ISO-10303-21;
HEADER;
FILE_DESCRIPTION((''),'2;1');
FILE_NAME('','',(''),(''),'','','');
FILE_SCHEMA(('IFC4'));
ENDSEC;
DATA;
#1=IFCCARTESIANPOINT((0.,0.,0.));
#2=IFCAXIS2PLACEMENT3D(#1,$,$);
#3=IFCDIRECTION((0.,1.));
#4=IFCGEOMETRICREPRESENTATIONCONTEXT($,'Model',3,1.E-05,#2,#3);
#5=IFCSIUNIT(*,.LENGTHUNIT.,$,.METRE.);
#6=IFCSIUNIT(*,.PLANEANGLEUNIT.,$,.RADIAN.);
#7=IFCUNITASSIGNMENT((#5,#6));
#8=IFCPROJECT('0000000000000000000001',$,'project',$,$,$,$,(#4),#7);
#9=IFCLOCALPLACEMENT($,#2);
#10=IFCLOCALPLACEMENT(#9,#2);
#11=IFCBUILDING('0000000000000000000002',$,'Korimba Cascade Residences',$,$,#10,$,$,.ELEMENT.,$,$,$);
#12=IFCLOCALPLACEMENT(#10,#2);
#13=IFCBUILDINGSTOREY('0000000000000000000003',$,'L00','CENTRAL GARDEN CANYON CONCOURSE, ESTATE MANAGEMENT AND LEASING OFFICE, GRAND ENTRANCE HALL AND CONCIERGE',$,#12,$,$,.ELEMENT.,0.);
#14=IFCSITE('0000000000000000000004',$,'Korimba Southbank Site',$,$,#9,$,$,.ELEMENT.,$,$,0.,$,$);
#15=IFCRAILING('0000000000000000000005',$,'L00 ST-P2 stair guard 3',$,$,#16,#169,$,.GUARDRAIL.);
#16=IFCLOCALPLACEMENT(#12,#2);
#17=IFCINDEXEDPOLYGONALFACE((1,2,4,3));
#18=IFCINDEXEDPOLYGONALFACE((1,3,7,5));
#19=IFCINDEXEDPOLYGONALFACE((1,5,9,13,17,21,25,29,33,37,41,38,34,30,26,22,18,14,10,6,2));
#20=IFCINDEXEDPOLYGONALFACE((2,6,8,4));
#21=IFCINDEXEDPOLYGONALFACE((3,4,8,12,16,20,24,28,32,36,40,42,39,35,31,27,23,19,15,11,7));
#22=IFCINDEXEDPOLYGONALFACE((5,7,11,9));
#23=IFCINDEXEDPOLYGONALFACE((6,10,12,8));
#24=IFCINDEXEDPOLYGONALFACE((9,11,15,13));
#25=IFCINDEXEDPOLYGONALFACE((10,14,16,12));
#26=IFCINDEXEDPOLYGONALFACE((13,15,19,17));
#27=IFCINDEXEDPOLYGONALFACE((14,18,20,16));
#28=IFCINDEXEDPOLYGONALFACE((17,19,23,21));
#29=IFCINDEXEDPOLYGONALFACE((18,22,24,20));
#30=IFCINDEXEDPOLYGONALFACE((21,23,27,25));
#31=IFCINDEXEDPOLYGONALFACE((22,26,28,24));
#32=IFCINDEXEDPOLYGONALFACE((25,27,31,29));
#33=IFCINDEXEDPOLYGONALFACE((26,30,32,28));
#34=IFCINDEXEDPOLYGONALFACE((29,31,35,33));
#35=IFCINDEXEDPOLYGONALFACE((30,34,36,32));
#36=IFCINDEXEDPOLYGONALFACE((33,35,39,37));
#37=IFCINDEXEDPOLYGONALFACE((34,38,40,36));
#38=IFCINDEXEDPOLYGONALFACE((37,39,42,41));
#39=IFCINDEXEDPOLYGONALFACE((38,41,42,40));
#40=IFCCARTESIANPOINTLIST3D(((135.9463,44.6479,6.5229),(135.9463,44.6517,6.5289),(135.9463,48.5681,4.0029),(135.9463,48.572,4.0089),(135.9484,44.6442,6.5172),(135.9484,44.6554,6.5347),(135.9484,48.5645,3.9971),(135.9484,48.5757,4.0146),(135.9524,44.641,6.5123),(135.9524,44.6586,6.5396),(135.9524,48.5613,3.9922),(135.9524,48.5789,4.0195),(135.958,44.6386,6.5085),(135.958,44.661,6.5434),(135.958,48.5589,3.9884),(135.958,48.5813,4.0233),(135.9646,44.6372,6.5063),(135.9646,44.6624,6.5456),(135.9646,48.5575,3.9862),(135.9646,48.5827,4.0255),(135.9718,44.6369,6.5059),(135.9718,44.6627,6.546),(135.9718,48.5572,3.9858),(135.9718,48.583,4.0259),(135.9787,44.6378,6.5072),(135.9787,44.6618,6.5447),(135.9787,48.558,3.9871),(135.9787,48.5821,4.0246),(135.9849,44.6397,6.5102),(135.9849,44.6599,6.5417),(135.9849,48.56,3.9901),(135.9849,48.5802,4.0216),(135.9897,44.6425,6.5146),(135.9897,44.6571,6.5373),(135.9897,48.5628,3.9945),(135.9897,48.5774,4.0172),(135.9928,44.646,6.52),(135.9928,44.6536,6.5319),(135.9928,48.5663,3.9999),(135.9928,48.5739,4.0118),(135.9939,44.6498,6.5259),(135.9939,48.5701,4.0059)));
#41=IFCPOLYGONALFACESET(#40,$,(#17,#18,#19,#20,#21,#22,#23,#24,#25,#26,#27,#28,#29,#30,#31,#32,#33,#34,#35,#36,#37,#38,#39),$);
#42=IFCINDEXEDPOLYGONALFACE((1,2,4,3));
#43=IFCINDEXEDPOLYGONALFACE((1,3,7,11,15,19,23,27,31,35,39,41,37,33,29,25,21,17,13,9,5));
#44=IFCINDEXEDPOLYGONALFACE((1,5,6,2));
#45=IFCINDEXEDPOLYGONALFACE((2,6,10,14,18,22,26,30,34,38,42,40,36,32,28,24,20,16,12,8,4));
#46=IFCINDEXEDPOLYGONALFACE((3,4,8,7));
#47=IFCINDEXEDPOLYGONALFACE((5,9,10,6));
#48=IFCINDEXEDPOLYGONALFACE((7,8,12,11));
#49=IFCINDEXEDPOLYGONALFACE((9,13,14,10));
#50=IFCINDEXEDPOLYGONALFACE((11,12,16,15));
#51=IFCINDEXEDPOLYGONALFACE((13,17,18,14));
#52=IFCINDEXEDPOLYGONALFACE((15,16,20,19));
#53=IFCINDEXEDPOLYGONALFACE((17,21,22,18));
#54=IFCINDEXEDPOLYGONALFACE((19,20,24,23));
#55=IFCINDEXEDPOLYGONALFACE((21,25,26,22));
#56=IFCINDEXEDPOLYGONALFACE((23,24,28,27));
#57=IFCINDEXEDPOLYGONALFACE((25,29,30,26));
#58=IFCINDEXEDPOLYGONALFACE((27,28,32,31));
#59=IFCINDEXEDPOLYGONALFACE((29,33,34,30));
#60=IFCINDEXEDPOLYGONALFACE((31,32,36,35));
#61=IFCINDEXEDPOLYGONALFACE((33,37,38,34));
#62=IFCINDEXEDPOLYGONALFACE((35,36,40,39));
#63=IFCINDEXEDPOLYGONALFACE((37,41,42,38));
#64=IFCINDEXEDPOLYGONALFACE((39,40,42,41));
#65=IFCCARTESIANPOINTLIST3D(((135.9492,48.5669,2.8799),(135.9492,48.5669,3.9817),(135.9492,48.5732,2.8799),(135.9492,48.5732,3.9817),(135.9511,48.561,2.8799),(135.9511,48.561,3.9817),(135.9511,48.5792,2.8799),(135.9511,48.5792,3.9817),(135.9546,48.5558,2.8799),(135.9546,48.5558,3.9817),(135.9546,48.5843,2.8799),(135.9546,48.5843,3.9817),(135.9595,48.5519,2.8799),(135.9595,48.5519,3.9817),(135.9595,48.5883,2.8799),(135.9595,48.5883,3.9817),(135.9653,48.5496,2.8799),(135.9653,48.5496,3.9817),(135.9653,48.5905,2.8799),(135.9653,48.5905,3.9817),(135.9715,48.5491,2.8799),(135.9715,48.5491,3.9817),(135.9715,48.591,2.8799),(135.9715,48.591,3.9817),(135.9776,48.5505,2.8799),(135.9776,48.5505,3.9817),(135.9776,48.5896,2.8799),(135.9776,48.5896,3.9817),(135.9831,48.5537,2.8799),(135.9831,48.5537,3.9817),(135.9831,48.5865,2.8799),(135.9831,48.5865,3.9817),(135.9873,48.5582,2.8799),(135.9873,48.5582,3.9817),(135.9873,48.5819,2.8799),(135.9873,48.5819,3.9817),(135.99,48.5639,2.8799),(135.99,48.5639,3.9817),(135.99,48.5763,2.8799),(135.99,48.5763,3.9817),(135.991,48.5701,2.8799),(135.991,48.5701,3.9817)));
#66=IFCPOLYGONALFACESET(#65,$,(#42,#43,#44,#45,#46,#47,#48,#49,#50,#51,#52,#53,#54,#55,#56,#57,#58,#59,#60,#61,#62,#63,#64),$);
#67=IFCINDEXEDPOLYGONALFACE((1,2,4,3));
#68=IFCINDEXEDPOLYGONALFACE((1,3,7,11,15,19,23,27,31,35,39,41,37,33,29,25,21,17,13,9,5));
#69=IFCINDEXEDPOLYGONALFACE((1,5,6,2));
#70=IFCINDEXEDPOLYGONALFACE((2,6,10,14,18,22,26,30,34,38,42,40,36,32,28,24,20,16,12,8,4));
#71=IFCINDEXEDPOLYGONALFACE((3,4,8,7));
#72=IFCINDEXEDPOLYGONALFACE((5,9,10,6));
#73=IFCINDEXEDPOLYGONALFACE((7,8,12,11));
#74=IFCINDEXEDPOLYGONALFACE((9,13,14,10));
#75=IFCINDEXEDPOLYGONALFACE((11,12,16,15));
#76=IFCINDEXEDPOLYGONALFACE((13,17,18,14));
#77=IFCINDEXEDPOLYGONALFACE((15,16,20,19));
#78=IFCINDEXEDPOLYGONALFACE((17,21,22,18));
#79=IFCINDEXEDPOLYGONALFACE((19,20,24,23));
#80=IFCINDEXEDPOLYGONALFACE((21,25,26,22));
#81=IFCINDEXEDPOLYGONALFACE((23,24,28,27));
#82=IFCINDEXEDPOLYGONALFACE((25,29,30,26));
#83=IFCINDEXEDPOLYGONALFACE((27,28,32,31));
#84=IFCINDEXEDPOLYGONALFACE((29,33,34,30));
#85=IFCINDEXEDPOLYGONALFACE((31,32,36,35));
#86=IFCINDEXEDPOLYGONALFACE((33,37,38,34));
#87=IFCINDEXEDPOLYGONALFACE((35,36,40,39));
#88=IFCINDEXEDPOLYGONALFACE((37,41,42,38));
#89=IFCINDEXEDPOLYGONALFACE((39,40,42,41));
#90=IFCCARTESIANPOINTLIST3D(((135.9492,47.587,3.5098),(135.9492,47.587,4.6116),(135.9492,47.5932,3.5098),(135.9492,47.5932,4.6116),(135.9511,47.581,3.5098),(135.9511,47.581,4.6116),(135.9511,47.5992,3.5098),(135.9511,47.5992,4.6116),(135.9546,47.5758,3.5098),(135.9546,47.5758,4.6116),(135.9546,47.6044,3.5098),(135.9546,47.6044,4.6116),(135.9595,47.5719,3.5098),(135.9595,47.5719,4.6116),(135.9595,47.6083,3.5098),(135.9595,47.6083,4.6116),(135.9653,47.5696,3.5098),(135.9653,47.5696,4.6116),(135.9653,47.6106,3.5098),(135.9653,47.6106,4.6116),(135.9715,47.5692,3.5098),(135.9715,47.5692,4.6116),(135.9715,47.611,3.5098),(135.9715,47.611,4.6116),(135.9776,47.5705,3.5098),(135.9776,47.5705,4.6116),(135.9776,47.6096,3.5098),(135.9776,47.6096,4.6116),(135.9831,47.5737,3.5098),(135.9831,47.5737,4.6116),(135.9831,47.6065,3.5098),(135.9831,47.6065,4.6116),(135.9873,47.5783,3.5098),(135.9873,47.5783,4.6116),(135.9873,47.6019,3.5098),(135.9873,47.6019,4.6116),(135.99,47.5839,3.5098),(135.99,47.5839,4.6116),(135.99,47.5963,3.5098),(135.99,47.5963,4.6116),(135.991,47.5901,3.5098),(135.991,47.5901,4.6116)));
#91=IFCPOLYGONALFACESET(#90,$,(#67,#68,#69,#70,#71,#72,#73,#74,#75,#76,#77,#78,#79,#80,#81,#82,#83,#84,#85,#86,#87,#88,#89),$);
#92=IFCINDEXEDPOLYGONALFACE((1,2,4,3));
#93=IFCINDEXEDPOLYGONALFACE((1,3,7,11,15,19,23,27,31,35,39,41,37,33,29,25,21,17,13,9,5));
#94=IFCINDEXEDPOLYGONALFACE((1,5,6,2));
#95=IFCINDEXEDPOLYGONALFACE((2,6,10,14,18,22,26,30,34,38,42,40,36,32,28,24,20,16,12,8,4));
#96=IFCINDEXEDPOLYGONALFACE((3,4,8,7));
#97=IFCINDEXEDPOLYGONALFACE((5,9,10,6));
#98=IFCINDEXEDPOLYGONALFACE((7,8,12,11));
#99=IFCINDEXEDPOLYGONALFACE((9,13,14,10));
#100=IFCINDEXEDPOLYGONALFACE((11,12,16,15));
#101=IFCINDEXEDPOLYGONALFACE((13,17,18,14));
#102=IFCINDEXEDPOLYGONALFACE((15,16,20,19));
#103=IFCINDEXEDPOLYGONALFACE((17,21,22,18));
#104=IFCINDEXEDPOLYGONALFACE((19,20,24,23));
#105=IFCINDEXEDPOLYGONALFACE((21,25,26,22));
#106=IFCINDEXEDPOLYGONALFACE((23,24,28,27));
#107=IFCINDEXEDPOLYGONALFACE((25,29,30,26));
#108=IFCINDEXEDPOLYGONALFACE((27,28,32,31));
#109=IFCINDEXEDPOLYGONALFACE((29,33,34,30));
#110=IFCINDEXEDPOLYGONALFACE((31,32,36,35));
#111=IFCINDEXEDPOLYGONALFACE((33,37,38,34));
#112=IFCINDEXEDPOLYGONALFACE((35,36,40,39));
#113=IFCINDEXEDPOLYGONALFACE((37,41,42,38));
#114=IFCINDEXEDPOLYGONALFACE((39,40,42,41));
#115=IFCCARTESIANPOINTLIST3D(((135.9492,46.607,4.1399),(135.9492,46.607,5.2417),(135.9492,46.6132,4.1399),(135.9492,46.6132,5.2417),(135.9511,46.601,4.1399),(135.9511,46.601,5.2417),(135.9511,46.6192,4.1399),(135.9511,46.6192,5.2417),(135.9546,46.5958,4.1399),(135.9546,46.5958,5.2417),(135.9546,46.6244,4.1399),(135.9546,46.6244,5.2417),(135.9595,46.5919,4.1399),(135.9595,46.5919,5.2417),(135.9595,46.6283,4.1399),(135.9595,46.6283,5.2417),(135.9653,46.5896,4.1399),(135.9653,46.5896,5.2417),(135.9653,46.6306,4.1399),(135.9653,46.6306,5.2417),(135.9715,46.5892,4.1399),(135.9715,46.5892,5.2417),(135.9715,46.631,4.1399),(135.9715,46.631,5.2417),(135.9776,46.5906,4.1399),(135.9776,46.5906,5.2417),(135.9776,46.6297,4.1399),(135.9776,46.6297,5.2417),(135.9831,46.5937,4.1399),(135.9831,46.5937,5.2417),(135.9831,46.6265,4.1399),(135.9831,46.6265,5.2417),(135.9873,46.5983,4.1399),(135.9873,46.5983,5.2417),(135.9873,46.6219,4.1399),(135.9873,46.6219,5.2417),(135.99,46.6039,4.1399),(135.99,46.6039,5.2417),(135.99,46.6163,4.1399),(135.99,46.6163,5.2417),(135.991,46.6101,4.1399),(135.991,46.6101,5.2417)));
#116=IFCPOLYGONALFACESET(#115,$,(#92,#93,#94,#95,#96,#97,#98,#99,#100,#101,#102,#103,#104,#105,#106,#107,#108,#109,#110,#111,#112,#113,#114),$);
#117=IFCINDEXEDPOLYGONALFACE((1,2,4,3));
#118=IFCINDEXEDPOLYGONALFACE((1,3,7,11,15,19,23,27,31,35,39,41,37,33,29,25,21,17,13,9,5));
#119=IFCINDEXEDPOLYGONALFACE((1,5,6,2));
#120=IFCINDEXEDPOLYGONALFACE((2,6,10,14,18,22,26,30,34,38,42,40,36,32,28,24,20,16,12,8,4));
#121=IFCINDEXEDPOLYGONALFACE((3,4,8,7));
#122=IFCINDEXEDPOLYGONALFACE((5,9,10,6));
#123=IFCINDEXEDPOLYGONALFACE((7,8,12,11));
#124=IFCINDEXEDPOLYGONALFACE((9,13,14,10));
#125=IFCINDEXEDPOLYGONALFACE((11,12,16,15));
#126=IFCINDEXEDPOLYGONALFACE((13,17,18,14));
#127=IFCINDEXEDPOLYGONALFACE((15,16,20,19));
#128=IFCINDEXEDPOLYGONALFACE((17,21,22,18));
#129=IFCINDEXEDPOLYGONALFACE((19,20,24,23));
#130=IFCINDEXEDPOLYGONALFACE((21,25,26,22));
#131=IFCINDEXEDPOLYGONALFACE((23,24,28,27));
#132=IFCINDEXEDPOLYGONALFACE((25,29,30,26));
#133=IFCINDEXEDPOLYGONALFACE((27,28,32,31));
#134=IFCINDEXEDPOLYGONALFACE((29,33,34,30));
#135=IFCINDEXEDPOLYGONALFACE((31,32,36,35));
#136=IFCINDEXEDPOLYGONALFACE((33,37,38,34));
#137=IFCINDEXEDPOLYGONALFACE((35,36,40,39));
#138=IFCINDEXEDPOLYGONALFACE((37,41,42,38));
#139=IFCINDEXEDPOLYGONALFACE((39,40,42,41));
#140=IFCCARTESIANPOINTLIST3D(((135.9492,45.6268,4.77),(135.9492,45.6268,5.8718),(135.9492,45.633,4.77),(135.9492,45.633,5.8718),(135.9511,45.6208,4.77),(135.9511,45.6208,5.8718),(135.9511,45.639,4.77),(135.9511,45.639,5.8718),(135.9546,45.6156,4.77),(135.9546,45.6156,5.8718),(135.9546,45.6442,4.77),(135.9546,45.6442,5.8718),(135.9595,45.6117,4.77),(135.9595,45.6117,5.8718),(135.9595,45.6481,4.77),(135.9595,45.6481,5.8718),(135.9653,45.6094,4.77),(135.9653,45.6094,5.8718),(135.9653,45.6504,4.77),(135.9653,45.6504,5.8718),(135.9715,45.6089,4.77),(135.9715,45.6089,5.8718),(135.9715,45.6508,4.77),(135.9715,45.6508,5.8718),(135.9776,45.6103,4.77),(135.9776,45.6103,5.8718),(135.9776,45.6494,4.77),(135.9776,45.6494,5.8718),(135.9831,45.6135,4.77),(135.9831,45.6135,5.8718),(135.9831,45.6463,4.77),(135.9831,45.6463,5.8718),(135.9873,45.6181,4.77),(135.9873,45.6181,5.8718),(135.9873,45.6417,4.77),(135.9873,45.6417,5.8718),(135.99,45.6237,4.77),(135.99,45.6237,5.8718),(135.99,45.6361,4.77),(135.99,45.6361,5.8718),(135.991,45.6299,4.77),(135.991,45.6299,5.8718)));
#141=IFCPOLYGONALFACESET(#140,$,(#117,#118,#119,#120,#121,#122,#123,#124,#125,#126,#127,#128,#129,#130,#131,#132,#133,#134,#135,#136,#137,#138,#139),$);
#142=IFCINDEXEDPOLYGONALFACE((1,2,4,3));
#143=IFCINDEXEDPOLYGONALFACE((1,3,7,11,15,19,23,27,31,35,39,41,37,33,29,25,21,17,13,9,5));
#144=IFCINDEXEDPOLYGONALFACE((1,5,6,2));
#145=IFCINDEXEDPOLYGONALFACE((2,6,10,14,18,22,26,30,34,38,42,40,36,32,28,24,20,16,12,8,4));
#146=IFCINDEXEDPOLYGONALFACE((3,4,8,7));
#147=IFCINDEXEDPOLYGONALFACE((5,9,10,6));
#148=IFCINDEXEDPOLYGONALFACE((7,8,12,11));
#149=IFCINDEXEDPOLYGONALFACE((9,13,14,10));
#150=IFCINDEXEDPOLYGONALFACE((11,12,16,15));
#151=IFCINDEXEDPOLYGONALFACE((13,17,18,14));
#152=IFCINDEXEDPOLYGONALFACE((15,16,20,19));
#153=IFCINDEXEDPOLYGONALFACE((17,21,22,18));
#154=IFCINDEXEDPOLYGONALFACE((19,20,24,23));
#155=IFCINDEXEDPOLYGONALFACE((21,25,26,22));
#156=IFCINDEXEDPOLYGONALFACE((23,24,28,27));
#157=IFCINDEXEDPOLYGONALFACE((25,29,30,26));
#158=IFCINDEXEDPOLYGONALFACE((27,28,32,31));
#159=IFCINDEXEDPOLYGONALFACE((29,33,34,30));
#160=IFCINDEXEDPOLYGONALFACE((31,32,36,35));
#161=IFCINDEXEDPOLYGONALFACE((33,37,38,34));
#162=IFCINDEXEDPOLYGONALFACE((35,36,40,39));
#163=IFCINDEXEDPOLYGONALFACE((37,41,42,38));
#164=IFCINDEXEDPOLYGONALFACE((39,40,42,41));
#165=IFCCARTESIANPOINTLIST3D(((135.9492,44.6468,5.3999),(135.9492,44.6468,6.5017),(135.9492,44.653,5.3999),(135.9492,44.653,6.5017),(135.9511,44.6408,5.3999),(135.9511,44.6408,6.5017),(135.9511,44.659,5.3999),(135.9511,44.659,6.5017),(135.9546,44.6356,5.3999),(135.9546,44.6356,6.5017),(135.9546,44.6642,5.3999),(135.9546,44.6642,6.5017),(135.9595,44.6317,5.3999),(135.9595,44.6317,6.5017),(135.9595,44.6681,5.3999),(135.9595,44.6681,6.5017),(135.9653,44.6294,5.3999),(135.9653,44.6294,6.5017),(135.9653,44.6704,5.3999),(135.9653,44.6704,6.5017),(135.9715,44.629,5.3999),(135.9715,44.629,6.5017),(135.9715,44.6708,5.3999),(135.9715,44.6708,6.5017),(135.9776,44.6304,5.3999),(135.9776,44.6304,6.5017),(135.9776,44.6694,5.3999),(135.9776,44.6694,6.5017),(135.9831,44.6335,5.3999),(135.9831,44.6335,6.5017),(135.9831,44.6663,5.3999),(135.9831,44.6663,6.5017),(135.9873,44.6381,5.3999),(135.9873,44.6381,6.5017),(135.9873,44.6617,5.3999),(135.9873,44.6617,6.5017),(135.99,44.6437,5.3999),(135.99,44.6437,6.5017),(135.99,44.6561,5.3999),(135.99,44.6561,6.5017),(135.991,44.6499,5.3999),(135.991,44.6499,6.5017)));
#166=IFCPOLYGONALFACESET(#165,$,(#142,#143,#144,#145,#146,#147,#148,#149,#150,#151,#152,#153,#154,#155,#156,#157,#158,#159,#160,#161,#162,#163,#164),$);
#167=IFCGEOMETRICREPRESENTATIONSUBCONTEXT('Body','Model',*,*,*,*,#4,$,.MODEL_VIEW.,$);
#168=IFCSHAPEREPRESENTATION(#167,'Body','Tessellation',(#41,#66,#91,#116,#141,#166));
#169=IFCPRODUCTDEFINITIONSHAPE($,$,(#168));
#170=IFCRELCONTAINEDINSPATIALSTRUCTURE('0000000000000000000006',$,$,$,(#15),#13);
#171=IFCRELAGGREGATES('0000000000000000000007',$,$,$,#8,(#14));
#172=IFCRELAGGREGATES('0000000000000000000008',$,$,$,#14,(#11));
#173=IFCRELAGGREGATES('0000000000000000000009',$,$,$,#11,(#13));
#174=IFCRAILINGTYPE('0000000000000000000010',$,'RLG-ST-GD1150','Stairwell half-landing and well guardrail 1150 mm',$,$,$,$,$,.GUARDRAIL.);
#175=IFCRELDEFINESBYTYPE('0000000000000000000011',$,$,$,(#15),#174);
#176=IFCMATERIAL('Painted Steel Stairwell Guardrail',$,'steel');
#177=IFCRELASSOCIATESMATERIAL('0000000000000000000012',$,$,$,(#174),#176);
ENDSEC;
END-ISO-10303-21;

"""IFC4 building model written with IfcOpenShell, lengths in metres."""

from ifc_helpers import new_model, si_unit, direction, frame, origin, origin_2d, place, context, subcontext, project, spatial, circle, extrude, material, type_object, element, save


model = new_model("IFC4")

# Units and contexts
model_context = context("Model", 3, precision=1e-05, world=origin(), true_north=direction((0.0, 1.0)))
body_context = subcontext(model_context, "Body", "Model", "MODEL_VIEW")
ifc_project = project(units=[si_unit("LENGTHUNIT", "METRE"), si_unit("PLANEANGLEUNIT", "RADIAN")], contexts=[model_context])

# Site, building, storey
site_placement = place(None, origin())
site = spatial("IfcSite", under=ifc_project, at=site_placement, Name="Korimba Southbank Site", CompositionType="ELEMENT", RefElevation=0.0)
building_placement = place(site_placement, origin())
building = spatial("IfcBuilding", under=site, at=building_placement, Name="Korimba Cascade Residences", CompositionType="ELEMENT")
storey_placement = place(building_placement, origin())
storey = spatial("IfcBuildingStorey", under=building, at=storey_placement, Name="L00", Description="CENTRAL GARDEN CANYON CONCOURSE, ESTATE MANAGEMENT AND LEASING OFFICE, GRAND ENTRANCE HALL AND CONCIERGE", CompositionType="ELEMENT", Elevation=0.0)

# Railing
ifc_material_1 = material(Name="Painted Steel Stairwell Guardrail", Category="steel")
railing_type_1 = type_object("IfcRailingType", Name="RLG-ST-GD1150", Description="Stairwell half-landing and well guardrail 1150 mm", PredefinedType="GUARDRAIL", material=ifc_material_1)
railing_1_placement = place(storey_placement, frame((135.97, 48.5701, 2.8799)))
element("IfcRailing", 1, at=railing_1_placement, inside=storey, type_object=railing_type_1, Name="L00 ST-P2 stair guard 3", PredefinedType="GUARDRAIL", context=body_context, shape_type="SweptSolid", body=[
    extrude(circle(Radius=0.0239, at=origin_2d()), frame((0.0, 0.0, 1.126), z_axis=(0.0, -0.841187, 0.540744), x_axis=(1.0, 0.0, 0.0)), (0.0, 0.0, 1.0), 4.6604),
    extrude(circle(Radius=0.021, at=origin_2d()), origin(), (0.0, 0.0, 1.0), 1.1018),
    extrude(circle(Radius=0.021, at=origin_2d()), frame((0.0, -0.98, 0.6299)), (0.0, 0.0, 1.0), 1.1018),
    extrude(circle(Radius=0.021, at=origin_2d()), frame((0.0, -1.96, 1.26)), (0.0, 0.0, 1.0), 1.1018),
    extrude(circle(Radius=0.021, at=origin_2d()), frame((0.0, -2.9402, 1.8901)), (0.0, 0.0, 1.0), 1.1018),
    extrude(circle(Radius=0.021, at=origin_2d()), frame((0.0, -3.9202, 2.52)), (0.0, 0.0, 1.0), 1.1018),
])

save(model, "model.ifc")
